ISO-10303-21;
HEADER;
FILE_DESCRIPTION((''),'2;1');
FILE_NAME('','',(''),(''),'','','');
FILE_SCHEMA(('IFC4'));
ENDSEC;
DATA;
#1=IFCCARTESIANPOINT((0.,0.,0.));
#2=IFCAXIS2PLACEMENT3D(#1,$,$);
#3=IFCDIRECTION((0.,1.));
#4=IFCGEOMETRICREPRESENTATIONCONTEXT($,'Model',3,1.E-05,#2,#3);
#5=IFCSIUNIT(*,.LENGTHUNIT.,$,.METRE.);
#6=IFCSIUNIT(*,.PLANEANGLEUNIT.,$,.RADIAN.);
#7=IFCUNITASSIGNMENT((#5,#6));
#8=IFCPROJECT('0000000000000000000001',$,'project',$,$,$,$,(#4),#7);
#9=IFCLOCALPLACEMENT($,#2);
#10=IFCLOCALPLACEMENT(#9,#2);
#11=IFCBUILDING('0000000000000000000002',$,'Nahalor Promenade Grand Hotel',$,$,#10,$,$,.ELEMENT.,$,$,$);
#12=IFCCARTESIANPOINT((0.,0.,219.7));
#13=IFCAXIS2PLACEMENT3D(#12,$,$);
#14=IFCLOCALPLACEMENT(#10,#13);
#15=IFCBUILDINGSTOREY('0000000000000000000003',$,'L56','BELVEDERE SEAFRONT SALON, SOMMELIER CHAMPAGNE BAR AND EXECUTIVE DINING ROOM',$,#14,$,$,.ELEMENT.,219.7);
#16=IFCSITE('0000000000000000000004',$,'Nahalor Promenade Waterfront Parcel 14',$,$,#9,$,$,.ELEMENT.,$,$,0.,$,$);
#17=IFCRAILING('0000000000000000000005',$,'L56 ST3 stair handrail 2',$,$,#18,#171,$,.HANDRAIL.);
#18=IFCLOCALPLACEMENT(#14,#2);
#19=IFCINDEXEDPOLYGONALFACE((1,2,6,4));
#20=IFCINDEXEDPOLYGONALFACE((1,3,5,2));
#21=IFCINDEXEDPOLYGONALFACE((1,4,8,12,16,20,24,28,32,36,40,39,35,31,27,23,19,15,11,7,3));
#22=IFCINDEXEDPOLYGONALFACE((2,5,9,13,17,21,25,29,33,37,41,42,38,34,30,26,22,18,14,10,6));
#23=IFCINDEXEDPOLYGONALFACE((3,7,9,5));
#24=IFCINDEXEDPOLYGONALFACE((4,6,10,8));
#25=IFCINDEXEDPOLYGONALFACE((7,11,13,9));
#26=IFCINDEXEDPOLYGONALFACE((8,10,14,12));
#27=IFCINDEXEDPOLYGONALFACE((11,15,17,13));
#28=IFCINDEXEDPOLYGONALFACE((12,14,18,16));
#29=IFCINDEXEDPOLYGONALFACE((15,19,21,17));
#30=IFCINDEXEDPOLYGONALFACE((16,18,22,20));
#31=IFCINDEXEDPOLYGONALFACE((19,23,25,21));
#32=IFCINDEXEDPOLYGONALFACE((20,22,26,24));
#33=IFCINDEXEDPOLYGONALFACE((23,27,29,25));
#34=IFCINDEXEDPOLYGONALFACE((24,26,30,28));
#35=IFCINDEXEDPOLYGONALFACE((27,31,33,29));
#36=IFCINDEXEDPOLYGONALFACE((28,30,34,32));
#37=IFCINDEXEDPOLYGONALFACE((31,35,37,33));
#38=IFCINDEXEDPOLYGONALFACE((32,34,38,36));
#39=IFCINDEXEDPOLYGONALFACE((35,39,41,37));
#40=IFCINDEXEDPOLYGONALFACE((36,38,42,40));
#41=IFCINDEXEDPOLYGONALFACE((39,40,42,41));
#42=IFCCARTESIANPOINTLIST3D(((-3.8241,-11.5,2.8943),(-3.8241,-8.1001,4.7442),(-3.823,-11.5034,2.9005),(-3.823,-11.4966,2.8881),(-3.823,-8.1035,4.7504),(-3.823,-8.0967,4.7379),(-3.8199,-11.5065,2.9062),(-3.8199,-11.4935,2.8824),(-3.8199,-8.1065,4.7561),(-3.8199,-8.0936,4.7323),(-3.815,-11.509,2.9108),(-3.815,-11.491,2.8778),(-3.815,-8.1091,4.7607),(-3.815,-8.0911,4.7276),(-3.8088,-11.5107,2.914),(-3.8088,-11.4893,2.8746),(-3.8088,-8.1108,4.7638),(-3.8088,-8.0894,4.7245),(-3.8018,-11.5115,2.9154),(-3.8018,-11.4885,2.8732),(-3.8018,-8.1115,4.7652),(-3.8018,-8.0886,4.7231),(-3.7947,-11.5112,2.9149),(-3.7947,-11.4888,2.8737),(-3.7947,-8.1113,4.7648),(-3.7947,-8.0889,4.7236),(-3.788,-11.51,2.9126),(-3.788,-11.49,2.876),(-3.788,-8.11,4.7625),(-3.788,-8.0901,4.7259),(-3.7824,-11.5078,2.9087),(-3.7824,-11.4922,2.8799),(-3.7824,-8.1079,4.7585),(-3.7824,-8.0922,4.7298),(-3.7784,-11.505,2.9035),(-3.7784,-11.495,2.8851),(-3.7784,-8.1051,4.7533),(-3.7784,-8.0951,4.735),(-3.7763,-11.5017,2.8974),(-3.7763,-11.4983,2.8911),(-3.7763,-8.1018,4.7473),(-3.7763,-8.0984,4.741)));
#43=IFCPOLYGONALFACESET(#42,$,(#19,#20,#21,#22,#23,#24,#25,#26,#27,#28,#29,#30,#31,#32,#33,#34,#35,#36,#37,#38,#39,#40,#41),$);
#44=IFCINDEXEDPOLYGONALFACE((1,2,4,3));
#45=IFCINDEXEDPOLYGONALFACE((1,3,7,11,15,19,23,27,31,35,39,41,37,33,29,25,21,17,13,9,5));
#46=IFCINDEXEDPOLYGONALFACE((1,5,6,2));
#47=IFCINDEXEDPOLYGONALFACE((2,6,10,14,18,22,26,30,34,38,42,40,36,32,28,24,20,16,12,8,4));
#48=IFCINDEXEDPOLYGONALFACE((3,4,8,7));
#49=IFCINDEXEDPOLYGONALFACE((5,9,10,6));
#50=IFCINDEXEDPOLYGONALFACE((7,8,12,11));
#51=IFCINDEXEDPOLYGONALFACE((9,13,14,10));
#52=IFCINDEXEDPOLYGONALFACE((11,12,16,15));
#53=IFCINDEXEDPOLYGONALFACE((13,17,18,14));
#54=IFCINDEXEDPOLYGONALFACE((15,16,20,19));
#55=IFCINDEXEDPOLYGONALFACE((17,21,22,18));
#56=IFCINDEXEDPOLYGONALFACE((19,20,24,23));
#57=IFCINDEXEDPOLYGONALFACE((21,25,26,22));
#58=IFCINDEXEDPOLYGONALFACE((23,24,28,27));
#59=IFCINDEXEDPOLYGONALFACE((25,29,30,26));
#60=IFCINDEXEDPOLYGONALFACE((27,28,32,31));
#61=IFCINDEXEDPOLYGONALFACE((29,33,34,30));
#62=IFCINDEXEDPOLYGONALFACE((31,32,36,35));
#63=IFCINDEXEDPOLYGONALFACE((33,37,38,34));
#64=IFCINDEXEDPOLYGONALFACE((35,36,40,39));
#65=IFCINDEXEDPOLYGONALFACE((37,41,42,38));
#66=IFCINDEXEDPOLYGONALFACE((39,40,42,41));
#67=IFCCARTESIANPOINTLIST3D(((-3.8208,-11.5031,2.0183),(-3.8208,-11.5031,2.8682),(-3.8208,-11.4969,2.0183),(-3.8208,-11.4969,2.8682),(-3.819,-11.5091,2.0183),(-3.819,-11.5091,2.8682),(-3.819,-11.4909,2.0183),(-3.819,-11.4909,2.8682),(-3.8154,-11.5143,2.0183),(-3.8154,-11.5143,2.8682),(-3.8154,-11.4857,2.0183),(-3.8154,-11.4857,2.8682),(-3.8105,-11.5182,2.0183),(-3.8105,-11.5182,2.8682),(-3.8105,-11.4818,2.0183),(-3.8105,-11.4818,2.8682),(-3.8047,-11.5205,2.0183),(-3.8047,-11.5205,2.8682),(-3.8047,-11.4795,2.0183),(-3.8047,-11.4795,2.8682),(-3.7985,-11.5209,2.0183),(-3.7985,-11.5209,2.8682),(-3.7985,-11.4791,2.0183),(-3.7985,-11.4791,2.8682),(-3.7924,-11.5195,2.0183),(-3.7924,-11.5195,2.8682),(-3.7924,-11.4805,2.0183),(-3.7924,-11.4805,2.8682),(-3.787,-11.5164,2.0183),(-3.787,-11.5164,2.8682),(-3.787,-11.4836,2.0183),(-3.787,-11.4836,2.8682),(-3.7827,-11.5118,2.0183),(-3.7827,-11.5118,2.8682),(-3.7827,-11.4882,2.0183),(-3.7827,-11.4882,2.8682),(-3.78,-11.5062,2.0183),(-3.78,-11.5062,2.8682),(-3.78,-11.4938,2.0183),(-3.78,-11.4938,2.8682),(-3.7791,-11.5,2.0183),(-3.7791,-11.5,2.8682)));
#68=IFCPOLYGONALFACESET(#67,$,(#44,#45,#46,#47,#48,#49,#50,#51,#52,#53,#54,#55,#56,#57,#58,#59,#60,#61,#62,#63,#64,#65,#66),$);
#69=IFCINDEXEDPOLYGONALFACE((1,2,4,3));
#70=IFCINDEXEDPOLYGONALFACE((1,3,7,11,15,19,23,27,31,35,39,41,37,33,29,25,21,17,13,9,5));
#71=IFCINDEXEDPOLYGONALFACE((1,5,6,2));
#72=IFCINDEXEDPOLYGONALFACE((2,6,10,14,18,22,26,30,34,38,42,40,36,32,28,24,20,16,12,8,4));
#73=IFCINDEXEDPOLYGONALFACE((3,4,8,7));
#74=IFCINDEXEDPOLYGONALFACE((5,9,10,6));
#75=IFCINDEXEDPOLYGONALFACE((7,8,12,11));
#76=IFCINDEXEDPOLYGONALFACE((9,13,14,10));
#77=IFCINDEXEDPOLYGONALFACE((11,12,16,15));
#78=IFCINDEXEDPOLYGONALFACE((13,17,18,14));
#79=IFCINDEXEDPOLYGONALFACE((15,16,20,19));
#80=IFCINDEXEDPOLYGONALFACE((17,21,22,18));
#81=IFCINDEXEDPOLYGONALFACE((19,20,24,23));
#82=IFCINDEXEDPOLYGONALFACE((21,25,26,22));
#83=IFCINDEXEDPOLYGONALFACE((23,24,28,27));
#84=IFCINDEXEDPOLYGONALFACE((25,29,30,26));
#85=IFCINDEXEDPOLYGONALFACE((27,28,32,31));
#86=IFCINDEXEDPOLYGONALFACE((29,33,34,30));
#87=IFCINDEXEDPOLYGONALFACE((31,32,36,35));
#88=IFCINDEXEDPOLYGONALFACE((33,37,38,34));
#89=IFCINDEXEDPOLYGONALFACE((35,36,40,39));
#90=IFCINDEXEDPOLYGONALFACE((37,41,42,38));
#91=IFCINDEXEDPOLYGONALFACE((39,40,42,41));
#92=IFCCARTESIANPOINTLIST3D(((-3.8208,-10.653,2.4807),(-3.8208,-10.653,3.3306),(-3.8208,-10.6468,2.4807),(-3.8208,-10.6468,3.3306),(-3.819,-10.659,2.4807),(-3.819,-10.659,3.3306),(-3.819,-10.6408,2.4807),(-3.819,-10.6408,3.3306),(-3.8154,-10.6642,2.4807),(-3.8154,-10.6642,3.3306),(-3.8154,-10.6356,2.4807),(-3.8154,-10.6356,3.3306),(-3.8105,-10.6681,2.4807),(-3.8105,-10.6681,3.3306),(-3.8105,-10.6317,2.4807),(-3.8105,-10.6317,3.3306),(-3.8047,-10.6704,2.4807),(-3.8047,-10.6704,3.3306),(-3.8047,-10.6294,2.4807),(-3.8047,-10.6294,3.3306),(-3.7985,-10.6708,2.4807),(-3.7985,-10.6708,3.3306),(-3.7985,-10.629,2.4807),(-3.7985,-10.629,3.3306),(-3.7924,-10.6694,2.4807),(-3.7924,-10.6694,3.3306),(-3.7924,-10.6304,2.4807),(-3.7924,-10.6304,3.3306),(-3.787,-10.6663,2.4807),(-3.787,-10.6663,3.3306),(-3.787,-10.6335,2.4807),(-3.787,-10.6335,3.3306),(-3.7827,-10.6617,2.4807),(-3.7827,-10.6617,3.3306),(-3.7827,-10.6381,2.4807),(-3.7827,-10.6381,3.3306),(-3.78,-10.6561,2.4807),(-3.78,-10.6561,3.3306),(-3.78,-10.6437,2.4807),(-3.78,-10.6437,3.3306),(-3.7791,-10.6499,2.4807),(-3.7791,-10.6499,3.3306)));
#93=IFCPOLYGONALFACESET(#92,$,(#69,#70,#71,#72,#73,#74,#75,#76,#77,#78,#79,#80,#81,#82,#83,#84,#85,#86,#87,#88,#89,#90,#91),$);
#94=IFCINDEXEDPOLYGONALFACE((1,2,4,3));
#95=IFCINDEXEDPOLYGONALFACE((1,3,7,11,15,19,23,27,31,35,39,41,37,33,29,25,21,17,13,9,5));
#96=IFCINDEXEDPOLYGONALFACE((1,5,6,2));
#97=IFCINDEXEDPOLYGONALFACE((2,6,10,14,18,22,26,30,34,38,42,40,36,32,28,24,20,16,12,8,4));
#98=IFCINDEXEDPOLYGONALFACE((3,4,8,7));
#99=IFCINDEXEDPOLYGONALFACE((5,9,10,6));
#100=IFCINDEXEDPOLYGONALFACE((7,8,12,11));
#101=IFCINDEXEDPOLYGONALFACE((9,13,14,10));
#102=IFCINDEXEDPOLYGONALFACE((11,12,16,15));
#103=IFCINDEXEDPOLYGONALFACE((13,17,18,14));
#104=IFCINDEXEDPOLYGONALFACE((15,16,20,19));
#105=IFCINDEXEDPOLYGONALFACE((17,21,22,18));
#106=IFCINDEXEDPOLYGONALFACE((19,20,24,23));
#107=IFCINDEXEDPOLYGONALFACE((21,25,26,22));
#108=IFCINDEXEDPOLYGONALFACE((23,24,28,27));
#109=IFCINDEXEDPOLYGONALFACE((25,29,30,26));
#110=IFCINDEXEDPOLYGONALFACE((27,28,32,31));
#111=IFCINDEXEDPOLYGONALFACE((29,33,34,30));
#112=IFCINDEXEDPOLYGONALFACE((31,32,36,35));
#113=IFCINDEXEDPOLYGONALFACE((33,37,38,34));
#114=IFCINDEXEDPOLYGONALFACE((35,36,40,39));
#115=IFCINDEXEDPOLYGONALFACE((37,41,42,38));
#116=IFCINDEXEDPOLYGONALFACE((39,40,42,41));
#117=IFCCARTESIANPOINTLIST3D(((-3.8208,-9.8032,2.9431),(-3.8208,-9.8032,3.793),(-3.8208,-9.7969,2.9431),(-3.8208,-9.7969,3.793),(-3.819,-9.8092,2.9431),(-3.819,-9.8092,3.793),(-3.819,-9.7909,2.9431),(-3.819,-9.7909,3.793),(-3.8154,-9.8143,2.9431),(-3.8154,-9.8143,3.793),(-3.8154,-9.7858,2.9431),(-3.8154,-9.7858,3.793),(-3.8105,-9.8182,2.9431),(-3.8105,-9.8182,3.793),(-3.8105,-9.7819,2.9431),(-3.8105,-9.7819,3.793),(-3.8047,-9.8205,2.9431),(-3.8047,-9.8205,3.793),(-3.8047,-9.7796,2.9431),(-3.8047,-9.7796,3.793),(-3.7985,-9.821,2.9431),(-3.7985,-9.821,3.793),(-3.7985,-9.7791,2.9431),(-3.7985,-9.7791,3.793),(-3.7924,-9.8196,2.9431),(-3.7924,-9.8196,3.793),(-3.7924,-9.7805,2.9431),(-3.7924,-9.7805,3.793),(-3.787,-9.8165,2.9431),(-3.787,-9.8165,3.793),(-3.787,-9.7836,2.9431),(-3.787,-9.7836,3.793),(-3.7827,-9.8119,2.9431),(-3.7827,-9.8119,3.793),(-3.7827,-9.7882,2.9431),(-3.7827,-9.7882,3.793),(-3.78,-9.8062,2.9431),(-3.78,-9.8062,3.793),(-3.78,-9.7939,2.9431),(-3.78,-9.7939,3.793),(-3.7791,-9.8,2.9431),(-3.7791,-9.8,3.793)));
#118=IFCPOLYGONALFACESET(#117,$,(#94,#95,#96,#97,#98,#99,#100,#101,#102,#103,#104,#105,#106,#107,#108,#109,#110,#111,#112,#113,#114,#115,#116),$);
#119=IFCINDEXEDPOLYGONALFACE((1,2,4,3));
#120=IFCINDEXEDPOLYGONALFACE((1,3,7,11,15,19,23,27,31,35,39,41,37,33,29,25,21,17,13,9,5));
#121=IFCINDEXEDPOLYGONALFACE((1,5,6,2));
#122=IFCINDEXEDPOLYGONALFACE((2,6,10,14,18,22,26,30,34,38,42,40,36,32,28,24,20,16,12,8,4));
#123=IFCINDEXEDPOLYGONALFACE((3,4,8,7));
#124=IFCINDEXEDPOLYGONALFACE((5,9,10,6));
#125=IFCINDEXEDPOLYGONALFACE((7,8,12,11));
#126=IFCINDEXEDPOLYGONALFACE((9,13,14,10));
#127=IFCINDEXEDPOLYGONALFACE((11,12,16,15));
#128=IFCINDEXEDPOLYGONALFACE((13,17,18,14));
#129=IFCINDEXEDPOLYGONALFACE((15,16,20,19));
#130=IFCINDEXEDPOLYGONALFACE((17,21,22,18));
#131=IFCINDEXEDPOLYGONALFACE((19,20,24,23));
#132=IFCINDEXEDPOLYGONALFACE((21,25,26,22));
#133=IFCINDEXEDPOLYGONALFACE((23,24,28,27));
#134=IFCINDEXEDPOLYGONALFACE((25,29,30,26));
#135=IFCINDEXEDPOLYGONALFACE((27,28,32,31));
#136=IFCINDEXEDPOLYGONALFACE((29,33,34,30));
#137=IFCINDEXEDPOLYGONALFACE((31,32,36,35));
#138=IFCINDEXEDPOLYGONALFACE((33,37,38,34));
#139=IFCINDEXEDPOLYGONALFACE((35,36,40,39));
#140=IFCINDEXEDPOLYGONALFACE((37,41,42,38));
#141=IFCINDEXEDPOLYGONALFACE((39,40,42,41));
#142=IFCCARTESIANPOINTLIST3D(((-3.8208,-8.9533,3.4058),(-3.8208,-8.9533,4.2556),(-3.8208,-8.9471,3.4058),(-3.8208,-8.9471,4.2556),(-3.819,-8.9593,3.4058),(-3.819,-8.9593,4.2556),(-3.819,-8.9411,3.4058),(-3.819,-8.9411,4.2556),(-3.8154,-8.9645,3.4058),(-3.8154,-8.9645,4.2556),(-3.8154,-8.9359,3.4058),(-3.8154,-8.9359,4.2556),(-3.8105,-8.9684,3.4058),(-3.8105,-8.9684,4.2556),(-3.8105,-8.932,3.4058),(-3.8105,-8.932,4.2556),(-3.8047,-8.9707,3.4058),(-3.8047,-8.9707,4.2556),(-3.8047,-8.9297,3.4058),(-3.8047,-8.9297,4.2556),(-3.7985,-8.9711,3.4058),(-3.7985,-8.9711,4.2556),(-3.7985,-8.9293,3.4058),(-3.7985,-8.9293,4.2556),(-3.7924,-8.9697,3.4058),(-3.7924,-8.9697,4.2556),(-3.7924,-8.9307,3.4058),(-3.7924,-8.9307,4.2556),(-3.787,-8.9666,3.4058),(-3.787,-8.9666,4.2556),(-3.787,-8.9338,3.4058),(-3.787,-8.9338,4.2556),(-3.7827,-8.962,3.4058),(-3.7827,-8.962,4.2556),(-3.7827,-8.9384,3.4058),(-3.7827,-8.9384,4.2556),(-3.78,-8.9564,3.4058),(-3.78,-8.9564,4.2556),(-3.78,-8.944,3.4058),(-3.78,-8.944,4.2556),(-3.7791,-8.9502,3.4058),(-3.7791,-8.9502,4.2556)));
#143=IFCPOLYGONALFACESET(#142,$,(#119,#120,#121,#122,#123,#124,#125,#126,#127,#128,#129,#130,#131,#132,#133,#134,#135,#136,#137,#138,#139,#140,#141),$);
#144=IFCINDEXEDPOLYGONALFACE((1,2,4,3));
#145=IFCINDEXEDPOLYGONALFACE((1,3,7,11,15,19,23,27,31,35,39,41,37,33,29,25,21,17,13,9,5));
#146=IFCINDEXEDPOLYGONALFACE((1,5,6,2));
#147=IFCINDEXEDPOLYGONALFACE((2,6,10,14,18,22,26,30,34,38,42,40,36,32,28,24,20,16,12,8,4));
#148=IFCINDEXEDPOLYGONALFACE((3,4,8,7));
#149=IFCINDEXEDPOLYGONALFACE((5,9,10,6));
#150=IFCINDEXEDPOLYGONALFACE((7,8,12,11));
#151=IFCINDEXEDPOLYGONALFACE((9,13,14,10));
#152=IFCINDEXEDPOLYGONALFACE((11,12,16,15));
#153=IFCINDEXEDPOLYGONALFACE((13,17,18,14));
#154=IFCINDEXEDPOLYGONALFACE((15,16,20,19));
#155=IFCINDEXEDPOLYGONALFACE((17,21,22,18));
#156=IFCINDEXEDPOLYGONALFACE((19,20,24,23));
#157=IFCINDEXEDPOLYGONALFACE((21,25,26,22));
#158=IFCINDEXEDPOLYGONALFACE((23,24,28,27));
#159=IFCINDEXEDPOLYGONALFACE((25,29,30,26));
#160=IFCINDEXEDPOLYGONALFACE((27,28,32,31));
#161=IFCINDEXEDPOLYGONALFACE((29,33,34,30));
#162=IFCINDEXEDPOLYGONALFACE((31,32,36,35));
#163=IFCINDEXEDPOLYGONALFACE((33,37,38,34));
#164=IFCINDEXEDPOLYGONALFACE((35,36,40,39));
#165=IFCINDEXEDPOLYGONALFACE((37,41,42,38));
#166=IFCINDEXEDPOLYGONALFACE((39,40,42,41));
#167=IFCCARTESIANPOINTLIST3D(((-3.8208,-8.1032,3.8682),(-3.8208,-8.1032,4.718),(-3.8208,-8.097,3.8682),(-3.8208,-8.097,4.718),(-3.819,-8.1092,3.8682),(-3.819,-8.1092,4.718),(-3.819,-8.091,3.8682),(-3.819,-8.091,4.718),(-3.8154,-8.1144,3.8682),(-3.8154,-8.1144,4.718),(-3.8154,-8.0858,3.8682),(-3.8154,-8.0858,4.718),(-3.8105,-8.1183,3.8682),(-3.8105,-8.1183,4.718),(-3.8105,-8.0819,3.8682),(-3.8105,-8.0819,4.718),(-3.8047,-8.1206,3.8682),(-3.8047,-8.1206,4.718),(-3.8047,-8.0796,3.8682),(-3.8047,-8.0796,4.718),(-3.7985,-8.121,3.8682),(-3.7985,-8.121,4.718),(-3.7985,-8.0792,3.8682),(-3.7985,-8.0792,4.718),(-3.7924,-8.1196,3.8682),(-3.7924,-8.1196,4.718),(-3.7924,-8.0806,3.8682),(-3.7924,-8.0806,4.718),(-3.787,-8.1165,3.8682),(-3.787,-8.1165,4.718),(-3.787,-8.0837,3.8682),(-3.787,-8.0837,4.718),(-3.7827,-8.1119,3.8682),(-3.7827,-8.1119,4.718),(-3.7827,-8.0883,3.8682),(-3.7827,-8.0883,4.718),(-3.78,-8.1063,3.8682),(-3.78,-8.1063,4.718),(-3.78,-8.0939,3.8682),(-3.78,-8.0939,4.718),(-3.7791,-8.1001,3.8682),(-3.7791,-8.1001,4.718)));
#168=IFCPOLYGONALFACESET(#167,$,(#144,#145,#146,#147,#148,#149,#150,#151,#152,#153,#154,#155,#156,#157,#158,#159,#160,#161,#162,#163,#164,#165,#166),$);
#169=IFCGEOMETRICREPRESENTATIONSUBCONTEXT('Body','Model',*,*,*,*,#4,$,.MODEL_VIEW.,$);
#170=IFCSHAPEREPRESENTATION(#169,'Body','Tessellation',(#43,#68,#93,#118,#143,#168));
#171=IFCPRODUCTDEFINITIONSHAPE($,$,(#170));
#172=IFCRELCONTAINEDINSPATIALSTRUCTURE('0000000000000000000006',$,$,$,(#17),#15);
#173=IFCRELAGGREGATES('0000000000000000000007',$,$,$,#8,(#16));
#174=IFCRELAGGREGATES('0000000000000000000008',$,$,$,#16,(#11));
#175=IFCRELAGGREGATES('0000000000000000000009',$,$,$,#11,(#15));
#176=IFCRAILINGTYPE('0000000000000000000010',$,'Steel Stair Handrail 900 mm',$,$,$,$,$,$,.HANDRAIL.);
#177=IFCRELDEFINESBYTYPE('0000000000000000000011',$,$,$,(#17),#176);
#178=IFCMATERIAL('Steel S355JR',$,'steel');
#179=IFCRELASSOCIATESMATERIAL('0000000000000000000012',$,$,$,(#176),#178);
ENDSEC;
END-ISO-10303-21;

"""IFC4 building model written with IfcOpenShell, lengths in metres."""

from ifc_helpers import new_model, si_unit, direction, frame, origin, origin_2d, place, context, subcontext, project, spatial, circle, extrude, material, type_object, element, save


model = new_model("IFC4")

# Units and contexts
model_context = context("Model", 3, precision=1e-05, world=origin(), true_north=direction((0.0, 1.0)))
body_context = subcontext(model_context, "Body", "Model", "MODEL_VIEW")
ifc_project = project(units=[si_unit("LENGTHUNIT", "METRE"), si_unit("PLANEANGLEUNIT", "RADIAN")], contexts=[model_context])

# Site, building, storey
site_placement = place(None, origin())
site = spatial("IfcSite", under=ifc_project, at=site_placement, Name="Nahalor Promenade Waterfront Parcel 14", CompositionType="ELEMENT", RefElevation=0.0)
building_placement = place(site_placement, origin())
building = spatial("IfcBuilding", under=site, at=building_placement, Name="Nahalor Promenade Grand Hotel", CompositionType="ELEMENT")
storey_placement = place(building_placement, frame((0.0, 0.0, 219.7)))
storey = spatial("IfcBuildingStorey", under=building, at=storey_placement, Name="L56", Description="BELVEDERE SEAFRONT SALON, SOMMELIER CHAMPAGNE BAR AND EXECUTIVE DINING ROOM", CompositionType="ELEMENT", Elevation=219.7)

# Shared definitions
ifc_material_1 = material(Name="Steel S355JR", Category="steel")

# Railing
railing_type_1 = type_object("IfcRailingType", Name="Steel Stair Handrail 900 mm", PredefinedType="HANDRAIL", material=ifc_material_1)
railing_1_placement = place(storey_placement, frame((-3.8, -11.5, 2.0183)))
element("IfcRailing", 1, at=railing_1_placement, inside=storey, type_object=railing_type_1, Name="L56 ST3 stair handrail 2", PredefinedType="HANDRAIL", context=body_context, shape_type="SweptSolid", body=[
    extrude(circle(Radius=0.024, at=origin_2d()), frame((0.0, 0.0, 0.876), z_axis=(0.0, 0.878399, 0.477928), x_axis=(-1.0, 0.0, 0.0)), (0.0, 0.0, 1.0), 3.8706),
    extrude(circle(Radius=0.021, at=origin_2d()), origin(), (0.0, 0.0, 1.0), 0.8499),
    extrude(circle(Radius=0.021, at=origin_2d()), frame((0.0, 0.8501, 0.4624)), (0.0, 0.0, 1.0), 0.8499),
    extrude(circle(Radius=0.021, at=origin_2d()), frame((0.0, 1.7, 0.9248)), (0.0, 0.0, 1.0), 0.8499),
    extrude(circle(Radius=0.021, at=origin_2d()), frame((0.0, 2.5498, 1.3875)), (0.0, 0.0, 1.0), 0.8499),
    extrude(circle(Radius=0.021, at=origin_2d()), frame((0.0, 3.3999, 1.8499)), (0.0, 0.0, 1.0), 0.8499),
])

save(model, "model.ifc")
